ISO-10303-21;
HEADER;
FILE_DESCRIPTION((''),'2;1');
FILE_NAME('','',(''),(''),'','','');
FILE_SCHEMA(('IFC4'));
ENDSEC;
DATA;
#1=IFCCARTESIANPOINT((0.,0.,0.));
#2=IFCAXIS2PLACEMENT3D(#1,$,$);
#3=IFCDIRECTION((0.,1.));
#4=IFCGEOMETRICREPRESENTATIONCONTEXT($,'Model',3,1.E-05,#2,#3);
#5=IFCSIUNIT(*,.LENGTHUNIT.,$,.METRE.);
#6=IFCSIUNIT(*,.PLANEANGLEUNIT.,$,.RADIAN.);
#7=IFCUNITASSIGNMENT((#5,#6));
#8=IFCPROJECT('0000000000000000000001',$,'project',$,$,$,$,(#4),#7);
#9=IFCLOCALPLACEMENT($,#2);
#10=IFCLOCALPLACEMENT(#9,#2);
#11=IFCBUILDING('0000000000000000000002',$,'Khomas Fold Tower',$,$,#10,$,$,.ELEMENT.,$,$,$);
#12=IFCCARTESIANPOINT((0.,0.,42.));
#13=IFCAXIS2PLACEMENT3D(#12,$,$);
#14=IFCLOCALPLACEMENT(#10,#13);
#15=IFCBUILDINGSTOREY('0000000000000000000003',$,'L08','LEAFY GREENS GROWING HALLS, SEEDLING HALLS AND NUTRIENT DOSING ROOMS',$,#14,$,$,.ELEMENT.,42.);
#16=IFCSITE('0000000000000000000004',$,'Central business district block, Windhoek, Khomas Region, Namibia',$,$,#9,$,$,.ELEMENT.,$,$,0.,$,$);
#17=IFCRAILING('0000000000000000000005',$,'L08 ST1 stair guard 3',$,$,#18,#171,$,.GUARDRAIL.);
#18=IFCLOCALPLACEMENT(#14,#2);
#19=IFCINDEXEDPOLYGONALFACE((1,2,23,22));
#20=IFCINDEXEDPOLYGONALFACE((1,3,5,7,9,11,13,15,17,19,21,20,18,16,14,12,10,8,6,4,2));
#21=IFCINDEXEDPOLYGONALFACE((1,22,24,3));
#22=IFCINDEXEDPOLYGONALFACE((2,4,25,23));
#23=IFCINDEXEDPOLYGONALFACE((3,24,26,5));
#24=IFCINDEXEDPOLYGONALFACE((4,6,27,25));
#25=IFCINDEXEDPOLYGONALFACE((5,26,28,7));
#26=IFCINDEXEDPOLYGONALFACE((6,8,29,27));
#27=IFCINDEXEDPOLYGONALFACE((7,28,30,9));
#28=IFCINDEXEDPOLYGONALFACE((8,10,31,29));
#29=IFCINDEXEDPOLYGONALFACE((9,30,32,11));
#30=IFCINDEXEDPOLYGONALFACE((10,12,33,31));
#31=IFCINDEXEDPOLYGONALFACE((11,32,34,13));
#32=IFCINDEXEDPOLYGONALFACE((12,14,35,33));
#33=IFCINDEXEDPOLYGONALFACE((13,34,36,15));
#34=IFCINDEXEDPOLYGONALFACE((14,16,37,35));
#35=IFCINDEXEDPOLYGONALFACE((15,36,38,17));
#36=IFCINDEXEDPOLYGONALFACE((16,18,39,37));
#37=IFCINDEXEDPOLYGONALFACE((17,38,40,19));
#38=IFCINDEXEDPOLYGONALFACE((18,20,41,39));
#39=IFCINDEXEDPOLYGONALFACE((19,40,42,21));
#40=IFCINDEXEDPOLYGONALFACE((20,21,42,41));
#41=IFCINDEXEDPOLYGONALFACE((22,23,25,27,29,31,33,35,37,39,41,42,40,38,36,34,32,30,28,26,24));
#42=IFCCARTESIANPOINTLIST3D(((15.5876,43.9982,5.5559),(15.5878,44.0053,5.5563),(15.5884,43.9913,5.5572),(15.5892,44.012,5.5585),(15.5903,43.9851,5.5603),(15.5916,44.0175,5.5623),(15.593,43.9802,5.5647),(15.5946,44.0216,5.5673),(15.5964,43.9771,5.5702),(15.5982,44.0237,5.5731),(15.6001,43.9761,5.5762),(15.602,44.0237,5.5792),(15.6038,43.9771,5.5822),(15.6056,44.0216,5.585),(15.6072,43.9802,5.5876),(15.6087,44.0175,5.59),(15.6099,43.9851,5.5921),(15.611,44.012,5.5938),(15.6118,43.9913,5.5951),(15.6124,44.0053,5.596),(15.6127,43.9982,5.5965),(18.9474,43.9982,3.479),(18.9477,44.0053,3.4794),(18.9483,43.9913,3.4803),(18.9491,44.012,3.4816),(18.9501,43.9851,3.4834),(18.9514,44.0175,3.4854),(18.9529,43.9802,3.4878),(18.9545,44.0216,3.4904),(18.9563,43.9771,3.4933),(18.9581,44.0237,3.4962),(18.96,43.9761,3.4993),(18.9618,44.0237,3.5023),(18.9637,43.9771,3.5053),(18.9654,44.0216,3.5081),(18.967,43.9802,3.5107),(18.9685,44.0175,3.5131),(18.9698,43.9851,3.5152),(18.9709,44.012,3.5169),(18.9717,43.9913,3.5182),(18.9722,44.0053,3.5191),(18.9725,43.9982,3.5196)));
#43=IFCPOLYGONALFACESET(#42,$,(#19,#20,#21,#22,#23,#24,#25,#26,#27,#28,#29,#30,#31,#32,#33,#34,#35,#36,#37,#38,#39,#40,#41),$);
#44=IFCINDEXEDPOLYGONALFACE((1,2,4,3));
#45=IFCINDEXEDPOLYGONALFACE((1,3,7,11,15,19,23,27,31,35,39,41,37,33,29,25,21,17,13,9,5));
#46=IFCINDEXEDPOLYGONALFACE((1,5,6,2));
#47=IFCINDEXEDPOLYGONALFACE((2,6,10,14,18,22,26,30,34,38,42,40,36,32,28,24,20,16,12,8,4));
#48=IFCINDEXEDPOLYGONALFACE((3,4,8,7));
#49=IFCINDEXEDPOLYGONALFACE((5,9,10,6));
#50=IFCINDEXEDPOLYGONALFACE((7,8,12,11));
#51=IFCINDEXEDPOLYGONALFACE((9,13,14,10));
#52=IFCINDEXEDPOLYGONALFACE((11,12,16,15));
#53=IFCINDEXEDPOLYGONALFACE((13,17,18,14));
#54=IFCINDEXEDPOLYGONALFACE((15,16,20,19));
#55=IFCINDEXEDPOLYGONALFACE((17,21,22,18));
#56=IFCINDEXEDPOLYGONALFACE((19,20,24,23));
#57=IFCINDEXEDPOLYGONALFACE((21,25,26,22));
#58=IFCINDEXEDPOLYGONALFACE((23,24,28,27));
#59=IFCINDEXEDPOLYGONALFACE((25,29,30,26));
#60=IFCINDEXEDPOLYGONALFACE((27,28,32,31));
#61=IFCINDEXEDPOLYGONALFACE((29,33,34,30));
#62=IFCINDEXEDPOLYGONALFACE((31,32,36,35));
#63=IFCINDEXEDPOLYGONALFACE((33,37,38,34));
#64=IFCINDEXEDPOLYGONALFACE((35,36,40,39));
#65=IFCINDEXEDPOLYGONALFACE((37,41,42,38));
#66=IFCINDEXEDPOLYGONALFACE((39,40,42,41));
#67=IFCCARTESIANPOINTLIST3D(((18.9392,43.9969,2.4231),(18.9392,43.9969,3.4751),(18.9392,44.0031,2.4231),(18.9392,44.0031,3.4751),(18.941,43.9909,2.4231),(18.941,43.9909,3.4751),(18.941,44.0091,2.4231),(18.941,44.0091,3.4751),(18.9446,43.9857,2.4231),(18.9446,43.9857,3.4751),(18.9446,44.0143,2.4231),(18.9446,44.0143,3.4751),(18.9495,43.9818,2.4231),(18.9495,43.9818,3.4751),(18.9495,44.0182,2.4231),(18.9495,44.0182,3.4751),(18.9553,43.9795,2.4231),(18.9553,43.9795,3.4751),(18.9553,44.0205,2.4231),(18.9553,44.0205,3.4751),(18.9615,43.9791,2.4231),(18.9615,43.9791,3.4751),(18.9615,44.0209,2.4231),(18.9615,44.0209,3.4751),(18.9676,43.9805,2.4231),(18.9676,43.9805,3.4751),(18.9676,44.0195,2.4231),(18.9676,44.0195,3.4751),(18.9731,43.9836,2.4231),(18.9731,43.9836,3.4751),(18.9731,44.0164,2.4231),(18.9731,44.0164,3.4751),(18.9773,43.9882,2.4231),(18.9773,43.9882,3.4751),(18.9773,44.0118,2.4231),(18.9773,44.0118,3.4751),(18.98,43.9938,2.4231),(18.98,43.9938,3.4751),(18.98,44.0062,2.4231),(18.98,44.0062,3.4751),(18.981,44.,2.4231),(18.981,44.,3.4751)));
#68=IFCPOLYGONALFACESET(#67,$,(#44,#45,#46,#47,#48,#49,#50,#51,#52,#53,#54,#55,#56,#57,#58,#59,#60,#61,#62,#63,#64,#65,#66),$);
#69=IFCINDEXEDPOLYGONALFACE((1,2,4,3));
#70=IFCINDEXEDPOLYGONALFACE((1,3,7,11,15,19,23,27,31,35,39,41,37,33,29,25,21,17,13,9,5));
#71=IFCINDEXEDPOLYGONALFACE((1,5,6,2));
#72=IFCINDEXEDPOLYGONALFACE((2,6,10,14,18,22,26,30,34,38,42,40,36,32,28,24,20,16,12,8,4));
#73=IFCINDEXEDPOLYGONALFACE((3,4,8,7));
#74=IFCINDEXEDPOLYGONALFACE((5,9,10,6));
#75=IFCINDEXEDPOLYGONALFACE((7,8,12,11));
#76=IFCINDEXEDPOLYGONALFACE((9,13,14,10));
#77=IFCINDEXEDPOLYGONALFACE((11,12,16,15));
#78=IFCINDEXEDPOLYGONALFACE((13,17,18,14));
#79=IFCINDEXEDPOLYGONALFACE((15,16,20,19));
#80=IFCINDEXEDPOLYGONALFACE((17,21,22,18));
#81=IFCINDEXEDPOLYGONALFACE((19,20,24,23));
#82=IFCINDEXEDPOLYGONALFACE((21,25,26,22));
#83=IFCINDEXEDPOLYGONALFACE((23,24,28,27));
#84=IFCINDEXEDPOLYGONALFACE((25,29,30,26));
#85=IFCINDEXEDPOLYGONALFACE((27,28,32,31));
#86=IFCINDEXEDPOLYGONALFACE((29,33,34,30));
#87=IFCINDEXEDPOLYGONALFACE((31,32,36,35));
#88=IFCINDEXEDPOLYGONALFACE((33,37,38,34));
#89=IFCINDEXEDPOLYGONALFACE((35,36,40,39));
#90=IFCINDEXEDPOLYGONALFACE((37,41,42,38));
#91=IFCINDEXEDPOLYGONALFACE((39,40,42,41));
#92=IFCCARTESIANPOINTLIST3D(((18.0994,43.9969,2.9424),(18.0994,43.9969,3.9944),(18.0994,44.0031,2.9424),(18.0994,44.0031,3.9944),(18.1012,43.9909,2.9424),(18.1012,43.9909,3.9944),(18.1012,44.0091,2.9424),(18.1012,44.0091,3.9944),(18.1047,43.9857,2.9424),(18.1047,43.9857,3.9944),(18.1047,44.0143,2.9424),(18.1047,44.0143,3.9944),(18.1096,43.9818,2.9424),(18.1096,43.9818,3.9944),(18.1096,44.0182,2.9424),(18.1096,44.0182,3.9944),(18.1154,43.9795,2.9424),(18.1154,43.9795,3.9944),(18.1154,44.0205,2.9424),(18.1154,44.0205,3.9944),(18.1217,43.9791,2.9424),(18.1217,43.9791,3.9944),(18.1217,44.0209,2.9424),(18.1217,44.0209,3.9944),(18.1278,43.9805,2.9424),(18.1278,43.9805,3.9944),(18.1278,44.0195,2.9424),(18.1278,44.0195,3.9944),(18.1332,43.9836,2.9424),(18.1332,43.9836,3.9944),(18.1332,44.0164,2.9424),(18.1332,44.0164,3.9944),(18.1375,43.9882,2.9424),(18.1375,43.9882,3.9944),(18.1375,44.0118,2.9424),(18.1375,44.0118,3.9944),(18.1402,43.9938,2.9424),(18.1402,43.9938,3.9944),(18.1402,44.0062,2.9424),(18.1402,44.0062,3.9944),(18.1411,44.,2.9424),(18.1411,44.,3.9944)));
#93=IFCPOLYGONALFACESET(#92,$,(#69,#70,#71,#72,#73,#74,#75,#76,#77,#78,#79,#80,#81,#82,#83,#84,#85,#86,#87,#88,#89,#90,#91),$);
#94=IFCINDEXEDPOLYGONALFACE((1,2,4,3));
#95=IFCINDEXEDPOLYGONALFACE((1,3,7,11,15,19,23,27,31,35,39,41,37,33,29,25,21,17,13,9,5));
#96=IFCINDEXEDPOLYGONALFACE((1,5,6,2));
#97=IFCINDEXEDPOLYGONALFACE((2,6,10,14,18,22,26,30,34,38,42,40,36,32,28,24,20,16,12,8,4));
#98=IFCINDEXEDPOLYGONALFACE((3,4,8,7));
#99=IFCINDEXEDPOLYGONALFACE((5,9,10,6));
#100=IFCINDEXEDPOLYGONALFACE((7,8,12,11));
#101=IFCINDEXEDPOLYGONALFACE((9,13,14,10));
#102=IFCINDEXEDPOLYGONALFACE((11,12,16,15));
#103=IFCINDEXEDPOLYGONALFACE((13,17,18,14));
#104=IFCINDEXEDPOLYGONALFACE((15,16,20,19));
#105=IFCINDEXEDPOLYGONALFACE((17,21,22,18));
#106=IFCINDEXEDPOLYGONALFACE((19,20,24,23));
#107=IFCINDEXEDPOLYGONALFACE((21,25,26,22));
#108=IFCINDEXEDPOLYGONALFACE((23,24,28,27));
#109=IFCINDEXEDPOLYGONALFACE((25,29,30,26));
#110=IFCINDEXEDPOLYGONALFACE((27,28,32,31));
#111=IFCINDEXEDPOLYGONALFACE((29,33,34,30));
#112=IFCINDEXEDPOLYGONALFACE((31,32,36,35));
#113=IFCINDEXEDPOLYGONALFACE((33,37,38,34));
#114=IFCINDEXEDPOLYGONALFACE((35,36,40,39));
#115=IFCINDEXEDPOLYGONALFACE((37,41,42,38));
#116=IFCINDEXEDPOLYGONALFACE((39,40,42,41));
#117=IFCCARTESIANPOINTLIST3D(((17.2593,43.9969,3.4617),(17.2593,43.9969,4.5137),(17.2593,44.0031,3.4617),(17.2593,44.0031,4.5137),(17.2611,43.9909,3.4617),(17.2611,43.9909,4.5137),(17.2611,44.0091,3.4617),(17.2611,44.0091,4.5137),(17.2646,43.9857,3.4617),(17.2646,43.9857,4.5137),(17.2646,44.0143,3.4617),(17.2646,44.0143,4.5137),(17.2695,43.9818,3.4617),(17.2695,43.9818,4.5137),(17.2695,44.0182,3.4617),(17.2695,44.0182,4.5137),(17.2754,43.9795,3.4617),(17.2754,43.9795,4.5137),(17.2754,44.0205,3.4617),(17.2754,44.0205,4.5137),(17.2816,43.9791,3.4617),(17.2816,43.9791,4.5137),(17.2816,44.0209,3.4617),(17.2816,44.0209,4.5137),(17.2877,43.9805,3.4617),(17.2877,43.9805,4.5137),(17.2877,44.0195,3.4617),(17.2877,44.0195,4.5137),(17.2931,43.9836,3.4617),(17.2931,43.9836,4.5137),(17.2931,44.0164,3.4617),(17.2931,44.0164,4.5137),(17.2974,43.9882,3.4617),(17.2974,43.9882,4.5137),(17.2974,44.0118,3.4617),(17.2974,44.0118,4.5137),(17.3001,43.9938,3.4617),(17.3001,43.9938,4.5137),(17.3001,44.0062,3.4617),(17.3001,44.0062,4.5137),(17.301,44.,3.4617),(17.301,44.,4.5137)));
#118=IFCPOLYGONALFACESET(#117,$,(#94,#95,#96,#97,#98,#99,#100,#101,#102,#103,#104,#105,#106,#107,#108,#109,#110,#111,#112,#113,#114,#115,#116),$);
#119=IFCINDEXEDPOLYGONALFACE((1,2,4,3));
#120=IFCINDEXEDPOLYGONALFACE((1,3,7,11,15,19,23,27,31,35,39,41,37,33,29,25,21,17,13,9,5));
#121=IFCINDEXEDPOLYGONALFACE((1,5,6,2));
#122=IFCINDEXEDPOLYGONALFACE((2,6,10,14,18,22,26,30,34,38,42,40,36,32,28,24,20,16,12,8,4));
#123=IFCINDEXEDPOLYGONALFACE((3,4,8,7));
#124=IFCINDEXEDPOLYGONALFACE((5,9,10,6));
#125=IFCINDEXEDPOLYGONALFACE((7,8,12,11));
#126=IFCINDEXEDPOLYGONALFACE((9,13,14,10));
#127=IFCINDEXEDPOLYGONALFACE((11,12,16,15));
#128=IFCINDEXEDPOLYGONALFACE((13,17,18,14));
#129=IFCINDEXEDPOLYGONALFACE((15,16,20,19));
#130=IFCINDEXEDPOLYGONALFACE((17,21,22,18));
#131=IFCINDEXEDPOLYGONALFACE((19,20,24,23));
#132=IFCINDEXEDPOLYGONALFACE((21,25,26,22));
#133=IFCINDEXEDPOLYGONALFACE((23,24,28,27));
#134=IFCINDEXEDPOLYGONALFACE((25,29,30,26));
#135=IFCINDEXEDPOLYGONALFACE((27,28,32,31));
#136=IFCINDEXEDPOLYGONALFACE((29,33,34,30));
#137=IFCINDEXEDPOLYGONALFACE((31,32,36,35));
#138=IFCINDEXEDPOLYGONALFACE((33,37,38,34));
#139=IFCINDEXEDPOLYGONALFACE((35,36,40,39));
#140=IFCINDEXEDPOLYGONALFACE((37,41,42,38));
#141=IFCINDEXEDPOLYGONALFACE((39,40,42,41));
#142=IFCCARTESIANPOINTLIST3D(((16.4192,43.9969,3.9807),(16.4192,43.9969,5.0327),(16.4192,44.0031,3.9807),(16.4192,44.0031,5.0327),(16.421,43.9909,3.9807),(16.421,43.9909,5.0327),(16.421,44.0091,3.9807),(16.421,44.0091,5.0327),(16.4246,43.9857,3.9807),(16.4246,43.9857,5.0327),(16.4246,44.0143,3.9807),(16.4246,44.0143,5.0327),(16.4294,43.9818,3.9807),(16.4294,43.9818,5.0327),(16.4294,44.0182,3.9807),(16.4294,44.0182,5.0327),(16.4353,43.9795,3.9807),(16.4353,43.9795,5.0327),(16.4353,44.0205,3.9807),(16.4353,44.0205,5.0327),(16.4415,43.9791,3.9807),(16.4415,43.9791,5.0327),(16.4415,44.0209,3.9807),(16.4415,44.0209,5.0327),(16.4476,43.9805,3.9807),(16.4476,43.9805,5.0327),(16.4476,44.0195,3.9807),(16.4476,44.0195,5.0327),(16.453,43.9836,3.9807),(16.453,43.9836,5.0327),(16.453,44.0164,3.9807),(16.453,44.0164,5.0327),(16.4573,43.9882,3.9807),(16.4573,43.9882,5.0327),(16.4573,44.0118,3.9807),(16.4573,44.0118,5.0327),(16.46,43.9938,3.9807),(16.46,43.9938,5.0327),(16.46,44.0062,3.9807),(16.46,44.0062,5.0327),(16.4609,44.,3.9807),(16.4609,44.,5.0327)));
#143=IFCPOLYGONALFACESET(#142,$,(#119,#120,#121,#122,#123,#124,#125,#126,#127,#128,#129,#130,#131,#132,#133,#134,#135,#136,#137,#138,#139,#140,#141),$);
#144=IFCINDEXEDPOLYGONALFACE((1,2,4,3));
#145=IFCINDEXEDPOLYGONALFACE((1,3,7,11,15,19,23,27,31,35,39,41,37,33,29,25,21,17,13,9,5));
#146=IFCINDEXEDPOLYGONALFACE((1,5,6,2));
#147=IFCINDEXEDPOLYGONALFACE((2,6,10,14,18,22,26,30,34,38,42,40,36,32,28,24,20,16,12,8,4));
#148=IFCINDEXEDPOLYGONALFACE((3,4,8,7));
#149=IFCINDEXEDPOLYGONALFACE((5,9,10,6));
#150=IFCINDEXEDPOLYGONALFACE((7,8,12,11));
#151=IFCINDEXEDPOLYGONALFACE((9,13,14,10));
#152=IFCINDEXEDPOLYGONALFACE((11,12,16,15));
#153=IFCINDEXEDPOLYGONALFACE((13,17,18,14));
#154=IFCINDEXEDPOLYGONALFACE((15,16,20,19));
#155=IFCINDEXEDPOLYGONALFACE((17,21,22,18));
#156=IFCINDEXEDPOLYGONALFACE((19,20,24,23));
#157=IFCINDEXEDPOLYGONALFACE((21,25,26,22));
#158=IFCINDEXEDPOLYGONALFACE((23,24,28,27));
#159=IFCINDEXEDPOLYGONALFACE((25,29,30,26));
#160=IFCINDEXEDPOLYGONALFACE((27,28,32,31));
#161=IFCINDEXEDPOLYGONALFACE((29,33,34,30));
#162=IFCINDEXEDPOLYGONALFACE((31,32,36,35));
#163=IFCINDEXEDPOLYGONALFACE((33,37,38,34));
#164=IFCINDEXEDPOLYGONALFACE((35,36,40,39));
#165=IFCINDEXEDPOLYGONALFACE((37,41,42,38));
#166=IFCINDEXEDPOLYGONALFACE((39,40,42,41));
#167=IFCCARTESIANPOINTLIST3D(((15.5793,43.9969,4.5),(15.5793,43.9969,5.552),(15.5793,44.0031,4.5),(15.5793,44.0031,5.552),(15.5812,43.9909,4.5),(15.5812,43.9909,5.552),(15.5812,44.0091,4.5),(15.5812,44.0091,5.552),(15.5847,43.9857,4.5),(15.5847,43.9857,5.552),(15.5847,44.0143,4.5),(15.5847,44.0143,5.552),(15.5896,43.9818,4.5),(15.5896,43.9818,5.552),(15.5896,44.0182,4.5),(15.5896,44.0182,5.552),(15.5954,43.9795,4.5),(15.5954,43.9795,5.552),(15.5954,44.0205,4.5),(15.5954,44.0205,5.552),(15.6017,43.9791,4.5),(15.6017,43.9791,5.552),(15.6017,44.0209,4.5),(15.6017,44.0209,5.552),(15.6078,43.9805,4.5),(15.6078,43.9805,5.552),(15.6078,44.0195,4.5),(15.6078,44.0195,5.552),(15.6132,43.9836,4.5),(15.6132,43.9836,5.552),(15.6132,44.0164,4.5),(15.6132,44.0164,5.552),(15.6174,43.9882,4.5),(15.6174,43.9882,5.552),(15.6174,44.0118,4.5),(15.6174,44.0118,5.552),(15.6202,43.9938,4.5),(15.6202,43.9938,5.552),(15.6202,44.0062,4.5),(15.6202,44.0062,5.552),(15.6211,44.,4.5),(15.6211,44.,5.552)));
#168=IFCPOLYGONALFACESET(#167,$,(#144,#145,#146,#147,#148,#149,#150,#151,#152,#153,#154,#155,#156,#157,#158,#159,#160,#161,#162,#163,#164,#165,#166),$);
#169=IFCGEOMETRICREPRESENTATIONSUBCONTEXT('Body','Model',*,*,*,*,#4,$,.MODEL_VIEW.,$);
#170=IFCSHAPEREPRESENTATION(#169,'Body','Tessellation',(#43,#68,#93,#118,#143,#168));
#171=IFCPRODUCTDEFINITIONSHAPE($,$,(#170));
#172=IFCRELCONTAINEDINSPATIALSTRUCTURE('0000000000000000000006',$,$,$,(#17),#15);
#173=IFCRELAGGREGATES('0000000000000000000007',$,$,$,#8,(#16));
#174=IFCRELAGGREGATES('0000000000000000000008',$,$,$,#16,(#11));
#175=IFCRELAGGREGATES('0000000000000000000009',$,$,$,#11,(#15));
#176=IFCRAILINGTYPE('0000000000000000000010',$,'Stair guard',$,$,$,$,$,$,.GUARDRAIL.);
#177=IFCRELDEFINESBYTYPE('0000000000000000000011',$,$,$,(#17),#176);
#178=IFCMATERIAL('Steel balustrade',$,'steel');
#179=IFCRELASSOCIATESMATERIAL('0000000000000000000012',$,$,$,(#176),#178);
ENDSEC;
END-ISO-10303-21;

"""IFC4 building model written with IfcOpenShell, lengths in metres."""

from ifc_helpers import new_model, si_unit, direction, frame, origin, origin_2d, place, context, subcontext, project, spatial, circle, extrude, source, transform, mapped, material, type_object, element, save


model = new_model("IFC4")

# Units and contexts
model_context = context("Model", 3, precision=1e-05, world=origin(), true_north=direction((0.0, 1.0)))
body_context = subcontext(model_context, "Body", "Model", "MODEL_VIEW")
ifc_project = project(units=[si_unit("LENGTHUNIT", "METRE"), si_unit("PLANEANGLEUNIT", "RADIAN")], contexts=[model_context])

# Site, building, storey
site_placement = place(None, origin())
site = spatial("IfcSite", under=ifc_project, at=site_placement, Name="Central business district block, Windhoek, Khomas Region, Namibia", CompositionType="ELEMENT", RefElevation=0.0)
building_placement = place(site_placement, origin())
building = spatial("IfcBuilding", under=site, at=building_placement, Name="Khomas Fold Tower", CompositionType="ELEMENT")
storey_placement = place(building_placement, frame((0.0, 0.0, 42.0)))
storey = spatial("IfcBuildingStorey", under=building, at=storey_placement, Name="L08", Description="LEAFY GREENS GROWING HALLS, SEEDLING HALLS AND NUTRIENT DOSING ROOMS", CompositionType="ELEMENT", Elevation=42.0)

# Railing
ifc_material_1 = material(Name="Steel balustrade", Category="steel")
railing_type_1 = type_object("IfcRailingType", Name="Stair guard", PredefinedType="GUARDRAIL", material=ifc_material_1)
shared_shape_1 = source(origin(), body_context, "Body", "SweptSolid", [
    extrude(circle(Radius=0.0239, at=origin_2d()), frame((0.0, 0.0, 1.0762), z_axis=(-0.850606, 0.0, 0.525803), x_axis=(0.0, -1.0, 0.0)), (0.0, 0.0, 1.0), 3.95),
    extrude(circle(Radius=0.021, at=origin_2d()), origin(), (0.0, 0.0, 1.0), 1.052),
    extrude(circle(Radius=0.021, at=origin_2d()), frame((-0.8398, 0.0, 0.5193)), (0.0, 0.0, 1.0), 1.052),
    extrude(circle(Radius=0.021, at=origin_2d()), frame((-1.6799, 0.0, 1.0386)), (0.0, 0.0, 1.0), 1.052),
    extrude(circle(Radius=0.021, at=origin_2d()), frame((-2.52, 0.0, 1.5576)), (0.0, 0.0, 1.0), 1.052),
    extrude(circle(Radius=0.021, at=origin_2d()), frame((-3.3599, 0.0, 2.0769)), (0.0, 0.0, 1.0), 1.052),
])
railing_1_placement = place(storey_placement, frame((18.96, 44.0, 2.4231)))
element("IfcRailing", 1, at=railing_1_placement, inside=storey, type_object=railing_type_1, Name="L08 ST1 stair guard 3", PredefinedType="GUARDRAIL", context=body_context, shape_type="MappedRepresentation", body=[
    mapped(shared_shape_1, transform((0.0, 0.0, 0.0))),
])

save(model, "model.ifc")
